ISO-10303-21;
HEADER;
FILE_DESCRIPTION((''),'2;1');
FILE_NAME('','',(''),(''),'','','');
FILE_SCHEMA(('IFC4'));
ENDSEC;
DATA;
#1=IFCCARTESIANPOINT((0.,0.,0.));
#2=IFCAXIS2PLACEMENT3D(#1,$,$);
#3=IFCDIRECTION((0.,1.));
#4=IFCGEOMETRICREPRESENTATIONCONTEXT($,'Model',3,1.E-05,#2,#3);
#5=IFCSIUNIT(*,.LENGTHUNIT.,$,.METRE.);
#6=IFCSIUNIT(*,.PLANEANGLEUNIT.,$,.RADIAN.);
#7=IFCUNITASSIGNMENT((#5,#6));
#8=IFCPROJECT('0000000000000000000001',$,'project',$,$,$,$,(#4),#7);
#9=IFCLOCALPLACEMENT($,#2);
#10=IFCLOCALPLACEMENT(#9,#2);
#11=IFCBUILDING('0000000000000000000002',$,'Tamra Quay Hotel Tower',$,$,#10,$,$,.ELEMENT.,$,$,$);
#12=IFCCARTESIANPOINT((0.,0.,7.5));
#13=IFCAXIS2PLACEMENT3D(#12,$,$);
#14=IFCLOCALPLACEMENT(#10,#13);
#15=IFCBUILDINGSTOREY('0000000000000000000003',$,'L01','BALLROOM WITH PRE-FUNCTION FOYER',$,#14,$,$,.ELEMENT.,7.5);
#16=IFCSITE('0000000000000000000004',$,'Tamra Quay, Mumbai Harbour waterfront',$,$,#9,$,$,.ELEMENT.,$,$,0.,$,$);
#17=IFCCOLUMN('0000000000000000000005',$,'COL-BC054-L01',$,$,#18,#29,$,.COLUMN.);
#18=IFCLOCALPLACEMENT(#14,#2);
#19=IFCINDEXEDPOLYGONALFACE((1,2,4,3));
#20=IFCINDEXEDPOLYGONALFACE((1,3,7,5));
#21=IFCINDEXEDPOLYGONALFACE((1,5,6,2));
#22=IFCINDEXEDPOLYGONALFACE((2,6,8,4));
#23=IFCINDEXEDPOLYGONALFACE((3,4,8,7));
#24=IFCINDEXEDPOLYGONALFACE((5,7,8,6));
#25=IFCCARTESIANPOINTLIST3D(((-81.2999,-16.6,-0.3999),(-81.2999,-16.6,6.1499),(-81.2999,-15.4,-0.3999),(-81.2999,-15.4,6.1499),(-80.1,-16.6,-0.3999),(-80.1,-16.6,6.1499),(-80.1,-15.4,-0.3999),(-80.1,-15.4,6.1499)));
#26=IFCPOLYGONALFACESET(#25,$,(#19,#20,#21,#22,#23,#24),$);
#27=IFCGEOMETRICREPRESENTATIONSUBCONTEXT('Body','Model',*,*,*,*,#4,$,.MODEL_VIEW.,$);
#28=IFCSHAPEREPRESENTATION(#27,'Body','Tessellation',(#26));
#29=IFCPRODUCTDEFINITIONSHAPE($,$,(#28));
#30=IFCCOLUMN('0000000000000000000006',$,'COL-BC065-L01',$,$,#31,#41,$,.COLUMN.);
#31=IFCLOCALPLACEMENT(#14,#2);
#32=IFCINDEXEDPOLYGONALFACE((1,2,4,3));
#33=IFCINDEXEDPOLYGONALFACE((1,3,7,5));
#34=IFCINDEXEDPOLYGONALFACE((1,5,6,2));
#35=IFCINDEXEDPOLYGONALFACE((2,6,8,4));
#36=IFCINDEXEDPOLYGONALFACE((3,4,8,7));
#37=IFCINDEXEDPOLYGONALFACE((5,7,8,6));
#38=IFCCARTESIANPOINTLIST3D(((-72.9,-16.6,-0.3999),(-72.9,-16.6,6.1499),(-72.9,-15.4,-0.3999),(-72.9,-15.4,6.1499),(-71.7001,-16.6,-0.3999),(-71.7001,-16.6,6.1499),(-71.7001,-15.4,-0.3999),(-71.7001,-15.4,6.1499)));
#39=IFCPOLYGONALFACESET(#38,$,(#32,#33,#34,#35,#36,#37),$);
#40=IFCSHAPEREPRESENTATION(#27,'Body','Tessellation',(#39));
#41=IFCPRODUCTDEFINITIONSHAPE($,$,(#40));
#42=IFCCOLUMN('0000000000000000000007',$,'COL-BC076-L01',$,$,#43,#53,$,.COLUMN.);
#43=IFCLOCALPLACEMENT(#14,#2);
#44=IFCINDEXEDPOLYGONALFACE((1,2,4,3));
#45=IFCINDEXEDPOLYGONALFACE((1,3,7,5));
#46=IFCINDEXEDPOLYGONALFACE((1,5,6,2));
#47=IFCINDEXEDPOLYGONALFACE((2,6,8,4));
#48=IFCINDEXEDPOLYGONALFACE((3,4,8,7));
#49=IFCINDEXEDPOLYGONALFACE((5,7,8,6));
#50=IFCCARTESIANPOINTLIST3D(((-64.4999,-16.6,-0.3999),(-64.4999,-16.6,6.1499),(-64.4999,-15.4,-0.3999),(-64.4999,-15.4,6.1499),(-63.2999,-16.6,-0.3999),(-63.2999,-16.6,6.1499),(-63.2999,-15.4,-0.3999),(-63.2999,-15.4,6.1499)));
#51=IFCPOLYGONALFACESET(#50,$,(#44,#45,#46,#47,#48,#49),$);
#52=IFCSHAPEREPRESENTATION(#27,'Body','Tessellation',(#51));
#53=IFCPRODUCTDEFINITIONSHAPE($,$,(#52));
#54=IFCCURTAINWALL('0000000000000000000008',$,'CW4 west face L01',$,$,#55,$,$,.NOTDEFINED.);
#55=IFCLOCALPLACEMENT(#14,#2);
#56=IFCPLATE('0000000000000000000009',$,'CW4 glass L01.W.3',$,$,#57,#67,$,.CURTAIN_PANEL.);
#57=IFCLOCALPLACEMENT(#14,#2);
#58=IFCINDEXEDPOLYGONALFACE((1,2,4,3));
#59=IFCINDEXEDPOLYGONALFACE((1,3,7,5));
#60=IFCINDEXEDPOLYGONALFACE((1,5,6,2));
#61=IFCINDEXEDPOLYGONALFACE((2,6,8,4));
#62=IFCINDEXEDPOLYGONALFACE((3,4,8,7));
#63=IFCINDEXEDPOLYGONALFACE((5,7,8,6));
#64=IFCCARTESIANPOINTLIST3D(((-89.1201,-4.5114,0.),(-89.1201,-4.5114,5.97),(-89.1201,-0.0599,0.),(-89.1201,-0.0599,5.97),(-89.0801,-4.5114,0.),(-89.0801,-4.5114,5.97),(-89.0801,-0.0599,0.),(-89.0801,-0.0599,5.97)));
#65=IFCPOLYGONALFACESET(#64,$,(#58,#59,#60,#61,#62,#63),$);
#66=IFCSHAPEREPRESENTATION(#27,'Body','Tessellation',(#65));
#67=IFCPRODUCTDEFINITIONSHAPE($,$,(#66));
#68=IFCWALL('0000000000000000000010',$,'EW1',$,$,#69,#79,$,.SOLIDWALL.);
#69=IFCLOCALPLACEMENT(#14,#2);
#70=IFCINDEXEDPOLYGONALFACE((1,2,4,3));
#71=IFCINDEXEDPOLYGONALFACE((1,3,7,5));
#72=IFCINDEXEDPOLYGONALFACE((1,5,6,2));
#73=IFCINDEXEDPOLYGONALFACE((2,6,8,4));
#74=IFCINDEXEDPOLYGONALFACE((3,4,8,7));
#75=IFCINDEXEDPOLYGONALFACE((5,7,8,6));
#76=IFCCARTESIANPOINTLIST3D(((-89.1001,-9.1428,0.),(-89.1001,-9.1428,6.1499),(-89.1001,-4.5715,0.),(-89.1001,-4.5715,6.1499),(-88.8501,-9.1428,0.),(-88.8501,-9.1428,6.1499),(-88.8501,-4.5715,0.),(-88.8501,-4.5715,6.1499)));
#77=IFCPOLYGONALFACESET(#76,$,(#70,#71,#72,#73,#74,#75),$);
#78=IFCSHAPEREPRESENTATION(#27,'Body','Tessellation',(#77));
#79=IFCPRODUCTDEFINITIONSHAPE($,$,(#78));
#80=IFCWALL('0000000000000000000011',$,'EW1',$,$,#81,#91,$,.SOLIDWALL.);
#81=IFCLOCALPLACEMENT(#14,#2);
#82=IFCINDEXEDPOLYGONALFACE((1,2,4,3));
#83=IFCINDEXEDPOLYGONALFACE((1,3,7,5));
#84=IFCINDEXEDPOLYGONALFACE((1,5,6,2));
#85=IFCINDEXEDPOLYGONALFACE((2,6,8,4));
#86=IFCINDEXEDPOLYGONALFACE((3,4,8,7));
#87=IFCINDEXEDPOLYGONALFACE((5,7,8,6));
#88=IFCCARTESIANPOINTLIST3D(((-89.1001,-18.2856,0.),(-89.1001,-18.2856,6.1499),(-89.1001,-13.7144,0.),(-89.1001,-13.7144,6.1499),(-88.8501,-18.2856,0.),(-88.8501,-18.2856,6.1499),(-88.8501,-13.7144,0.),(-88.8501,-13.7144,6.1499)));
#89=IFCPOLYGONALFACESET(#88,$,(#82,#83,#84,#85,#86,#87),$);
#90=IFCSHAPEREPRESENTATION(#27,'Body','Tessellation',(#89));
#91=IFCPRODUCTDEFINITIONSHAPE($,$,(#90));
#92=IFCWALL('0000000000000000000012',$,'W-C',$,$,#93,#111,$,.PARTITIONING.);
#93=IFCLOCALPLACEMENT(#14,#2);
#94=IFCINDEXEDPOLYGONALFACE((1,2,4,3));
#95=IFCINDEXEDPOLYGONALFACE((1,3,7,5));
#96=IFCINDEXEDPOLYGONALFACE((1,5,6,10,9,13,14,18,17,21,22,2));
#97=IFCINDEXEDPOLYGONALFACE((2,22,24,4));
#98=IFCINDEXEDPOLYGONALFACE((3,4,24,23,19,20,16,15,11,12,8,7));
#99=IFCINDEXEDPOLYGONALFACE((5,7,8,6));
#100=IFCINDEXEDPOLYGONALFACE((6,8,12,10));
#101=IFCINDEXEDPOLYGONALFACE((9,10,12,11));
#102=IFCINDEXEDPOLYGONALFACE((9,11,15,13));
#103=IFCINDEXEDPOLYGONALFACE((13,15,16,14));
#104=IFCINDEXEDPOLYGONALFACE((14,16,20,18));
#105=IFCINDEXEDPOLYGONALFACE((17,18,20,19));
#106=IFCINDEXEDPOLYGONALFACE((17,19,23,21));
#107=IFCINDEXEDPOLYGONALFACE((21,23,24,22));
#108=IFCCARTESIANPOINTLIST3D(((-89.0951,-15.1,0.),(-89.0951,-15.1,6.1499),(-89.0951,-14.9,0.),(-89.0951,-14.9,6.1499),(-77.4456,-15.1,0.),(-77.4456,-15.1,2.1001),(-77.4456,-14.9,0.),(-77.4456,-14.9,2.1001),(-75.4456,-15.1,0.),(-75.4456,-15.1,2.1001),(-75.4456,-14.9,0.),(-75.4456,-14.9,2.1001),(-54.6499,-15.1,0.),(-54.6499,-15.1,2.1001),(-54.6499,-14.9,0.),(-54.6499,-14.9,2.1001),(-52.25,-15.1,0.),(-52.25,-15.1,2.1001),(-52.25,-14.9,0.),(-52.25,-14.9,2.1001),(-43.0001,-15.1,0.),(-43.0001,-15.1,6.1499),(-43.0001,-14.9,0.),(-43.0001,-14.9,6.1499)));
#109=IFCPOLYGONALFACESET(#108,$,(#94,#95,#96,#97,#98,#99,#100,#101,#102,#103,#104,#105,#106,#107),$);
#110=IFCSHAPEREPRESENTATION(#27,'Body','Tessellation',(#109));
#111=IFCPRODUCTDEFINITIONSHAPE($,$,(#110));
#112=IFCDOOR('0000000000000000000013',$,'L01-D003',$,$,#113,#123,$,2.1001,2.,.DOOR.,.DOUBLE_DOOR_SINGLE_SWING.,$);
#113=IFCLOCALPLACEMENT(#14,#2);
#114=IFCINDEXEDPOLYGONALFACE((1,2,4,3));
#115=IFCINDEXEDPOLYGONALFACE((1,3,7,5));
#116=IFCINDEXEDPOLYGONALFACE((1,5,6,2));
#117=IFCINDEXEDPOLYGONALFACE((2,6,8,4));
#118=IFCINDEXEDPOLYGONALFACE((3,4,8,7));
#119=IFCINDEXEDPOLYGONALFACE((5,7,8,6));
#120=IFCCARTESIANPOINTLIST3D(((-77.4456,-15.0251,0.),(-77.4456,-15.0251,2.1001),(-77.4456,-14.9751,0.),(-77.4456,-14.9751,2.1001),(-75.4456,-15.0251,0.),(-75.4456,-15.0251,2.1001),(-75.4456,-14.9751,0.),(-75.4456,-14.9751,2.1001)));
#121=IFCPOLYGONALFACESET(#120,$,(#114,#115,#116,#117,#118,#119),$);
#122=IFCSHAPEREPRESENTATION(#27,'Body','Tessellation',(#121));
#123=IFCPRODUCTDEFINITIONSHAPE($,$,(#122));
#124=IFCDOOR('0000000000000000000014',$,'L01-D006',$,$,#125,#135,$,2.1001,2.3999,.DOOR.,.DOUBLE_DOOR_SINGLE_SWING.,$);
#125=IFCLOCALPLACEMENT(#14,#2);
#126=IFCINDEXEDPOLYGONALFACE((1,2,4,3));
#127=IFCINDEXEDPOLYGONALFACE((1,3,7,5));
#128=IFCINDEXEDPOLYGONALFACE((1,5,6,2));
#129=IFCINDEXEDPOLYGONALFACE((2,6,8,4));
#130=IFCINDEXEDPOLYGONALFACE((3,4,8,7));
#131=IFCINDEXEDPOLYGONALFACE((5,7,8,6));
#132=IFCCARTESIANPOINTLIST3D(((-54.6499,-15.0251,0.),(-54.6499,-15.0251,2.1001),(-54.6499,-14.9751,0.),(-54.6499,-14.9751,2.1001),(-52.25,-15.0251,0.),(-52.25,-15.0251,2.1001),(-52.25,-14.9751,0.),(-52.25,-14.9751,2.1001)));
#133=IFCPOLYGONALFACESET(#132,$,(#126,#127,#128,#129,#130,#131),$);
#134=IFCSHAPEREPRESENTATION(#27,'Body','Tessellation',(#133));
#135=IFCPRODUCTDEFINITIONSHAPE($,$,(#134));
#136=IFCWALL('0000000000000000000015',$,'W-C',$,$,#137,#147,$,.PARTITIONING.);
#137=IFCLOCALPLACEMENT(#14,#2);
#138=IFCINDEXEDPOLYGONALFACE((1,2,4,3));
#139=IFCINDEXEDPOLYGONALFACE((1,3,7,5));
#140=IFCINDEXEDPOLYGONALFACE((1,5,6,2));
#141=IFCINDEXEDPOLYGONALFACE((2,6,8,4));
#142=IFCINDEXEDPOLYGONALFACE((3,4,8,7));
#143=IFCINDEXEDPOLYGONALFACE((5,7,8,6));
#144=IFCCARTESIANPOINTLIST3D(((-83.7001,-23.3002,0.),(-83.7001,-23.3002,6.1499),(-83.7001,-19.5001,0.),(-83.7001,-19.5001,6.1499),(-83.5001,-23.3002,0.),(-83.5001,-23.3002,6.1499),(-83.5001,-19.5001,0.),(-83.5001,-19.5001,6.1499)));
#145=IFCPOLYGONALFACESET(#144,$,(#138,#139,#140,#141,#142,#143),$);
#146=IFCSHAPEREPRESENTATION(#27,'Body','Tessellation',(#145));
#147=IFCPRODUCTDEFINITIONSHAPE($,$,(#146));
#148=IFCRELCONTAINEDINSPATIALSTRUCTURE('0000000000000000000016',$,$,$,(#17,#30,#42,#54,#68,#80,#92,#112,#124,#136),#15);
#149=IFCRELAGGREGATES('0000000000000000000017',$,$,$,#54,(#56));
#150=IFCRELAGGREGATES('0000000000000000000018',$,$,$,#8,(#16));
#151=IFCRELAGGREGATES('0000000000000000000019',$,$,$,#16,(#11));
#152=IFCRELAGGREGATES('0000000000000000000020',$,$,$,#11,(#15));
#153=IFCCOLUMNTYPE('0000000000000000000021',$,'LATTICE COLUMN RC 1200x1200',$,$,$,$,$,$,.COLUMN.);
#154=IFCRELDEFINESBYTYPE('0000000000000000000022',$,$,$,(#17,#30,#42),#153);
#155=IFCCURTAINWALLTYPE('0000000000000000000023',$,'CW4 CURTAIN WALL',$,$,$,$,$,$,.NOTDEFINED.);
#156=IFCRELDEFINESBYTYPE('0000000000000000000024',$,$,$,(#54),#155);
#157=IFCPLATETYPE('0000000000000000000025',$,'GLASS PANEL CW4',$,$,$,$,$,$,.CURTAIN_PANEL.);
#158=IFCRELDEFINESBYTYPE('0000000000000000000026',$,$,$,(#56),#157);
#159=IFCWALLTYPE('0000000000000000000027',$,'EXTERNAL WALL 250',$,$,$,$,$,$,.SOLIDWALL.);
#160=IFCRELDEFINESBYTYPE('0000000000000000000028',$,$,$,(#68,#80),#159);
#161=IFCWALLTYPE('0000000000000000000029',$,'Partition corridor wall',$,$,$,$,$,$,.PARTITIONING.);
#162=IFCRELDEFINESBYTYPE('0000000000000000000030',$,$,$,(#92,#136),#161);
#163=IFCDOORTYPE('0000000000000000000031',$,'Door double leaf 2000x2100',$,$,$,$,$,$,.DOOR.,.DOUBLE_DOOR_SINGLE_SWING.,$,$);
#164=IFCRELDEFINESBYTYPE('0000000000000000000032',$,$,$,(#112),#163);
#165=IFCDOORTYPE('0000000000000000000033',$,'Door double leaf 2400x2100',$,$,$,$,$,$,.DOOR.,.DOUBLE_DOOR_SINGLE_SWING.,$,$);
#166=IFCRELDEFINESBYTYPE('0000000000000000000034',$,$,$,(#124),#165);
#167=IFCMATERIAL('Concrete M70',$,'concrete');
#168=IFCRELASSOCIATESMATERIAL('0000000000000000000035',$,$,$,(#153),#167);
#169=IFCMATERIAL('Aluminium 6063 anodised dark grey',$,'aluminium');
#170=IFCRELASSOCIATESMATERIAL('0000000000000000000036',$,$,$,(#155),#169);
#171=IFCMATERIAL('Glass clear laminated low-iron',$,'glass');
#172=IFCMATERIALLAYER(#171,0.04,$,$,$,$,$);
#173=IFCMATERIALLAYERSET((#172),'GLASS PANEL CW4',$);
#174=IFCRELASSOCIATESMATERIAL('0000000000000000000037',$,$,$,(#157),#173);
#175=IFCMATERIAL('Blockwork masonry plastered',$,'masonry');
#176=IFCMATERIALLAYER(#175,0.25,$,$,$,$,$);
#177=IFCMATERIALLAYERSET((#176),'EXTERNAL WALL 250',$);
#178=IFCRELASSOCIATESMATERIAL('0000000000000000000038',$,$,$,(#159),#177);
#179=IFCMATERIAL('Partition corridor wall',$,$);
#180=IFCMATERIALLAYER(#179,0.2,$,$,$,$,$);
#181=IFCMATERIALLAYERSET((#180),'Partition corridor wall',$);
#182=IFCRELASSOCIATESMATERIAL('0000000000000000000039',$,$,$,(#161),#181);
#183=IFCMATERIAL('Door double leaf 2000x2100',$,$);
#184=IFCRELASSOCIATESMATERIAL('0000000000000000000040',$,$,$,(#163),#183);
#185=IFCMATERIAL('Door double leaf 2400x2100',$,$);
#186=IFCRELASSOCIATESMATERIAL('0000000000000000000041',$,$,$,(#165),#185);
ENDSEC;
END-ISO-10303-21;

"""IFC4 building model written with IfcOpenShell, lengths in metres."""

from ifc_helpers import new_model, si_unit, direction, frame, frame_2d, origin, origin_2d, place, context, subcontext, project, spatial, rectangle, extrude, material, layer, layer_set, material_profile, profile_set, type_object, element, fill, aggregate, save


model = new_model("IFC4")

# Units and contexts
model_context = context("Model", 3, precision=1e-05, world=origin(), true_north=direction((0.0, 1.0)))
body_context = subcontext(model_context, "Body", "Model", "MODEL_VIEW")
ifc_project = project(units=[si_unit("LENGTHUNIT", "METRE"), si_unit("PLANEANGLEUNIT", "RADIAN")], contexts=[model_context])

# Site, building, storey
site_placement = place(None, origin())
site = spatial("IfcSite", under=ifc_project, at=site_placement, Name="Tamra Quay, Mumbai Harbour waterfront", CompositionType="ELEMENT", RefElevation=0.0)
building_placement = place(site_placement, origin())
building = spatial("IfcBuilding", under=site, at=building_placement, Name="Tamra Quay Hotel Tower", CompositionType="ELEMENT")
storey_placement = place(building_placement, frame((0.0, 0.0, 7.5)))
storey = spatial("IfcBuildingStorey", under=building, at=storey_placement, Name="L01", Description="BALLROOM WITH PRE-FUNCTION FOYER", CompositionType="ELEMENT", Elevation=7.5)

# Columns
ifc_material_1 = material(Name="Concrete M70", Category="concrete")
ifc_material_profile = material_profile(ifc_material_1, rectangle(XDim=1.2, YDim=1.2, at=origin_2d()), Name="LATTICE COLUMN RC 1200x1200")
ifc_profile_set = profile_set([ifc_material_profile], Name="Concrete M70")
column_type = type_object("IfcColumnType", Name="LATTICE COLUMN RC 1200x1200", PredefinedType="COLUMN", material=ifc_profile_set)
for number, where, z_axis, x_axis, name in (
    (1, (-80.7, -16.0, -0.3999), (0.0, 0.0, 1.0), (1.0, 0.0, 0.0), "COL-BC054-L01"),
    (2, (-72.3, -16.0, -0.3999), (0.0, 0.0, 1.0), (1.0, 0.0, 0.0), "COL-BC065-L01"),
    (3, (-63.8999, -16.0, -0.3999), (0.0, 0.0, 1.0), (1.0, 0.0, 0.0), "COL-BC076-L01"),
):
    element("IfcColumn", number, at=place(storey_placement, frame(where, z_axis=z_axis, x_axis=x_axis)), inside=storey, type_object=column_type, Name=name, PredefinedType="COLUMN", context=body_context, shape_type="SweptSolid", body=[
        extrude(rectangle(XDim=1.2, YDim=1.2, at=origin_2d()), origin(), (0.0, 0.0, 1.0), 6.5498),
    ])

# Curtain wall, plate
ifc_material_2 = material(Name="Aluminium 6063 anodised dark grey", Category="aluminium")
curtain_wall_type = type_object("IfcCurtainWallType", Name="CW4 CURTAIN WALL", PredefinedType="NOTDEFINED", material=ifc_material_2)
curtain_wall_placement = place(storey_placement, origin())
curtain_wall = element("IfcCurtainWall", 4, at=curtain_wall_placement, inside=storey, type_object=curtain_wall_type, Name="CW4 west face L01", PredefinedType="NOTDEFINED")
ifc_material_3 = material(Name="Glass clear laminated low-iron", Category="glass")
ifc_layer_1 = layer(ifc_material_3, 0.04)
ifc_layer_set_1 = layer_set([ifc_layer_1], Name="GLASS PANEL CW4")
plate_type = type_object("IfcPlateType", Name="GLASS PANEL CW4", PredefinedType="CURTAIN_PANEL", material=ifc_layer_set_1)
plate_placement = place(storey_placement, frame((-89.1001, -2.2856, 0.0), z_axis=(0.0, 0.0, 1.0), x_axis=(0.0, -1.0, 0.0)))
plate = element("IfcPlate", 5, at=plate_placement, type_object=plate_type, Name="CW4 glass L01.W.3", PredefinedType="CURTAIN_PANEL", context=body_context, shape_type="SweptSolid", body=[
    extrude(rectangle(XDim=4.4514, YDim=0.04, at=origin_2d()), origin(), (0.0, 0.0, 1.0), 5.97),
])
aggregate(curtain_wall, [plate])

# Walls
ifc_material_4 = material(Name="Blockwork masonry plastered", Category="masonry")
ifc_layer_2 = layer(ifc_material_4, 0.25)
ifc_layer_set_2 = layer_set([ifc_layer_2], Name="EXTERNAL WALL 250")
wall_type_1 = type_object("IfcWallType", Name="EXTERNAL WALL 250", PredefinedType="SOLIDWALL", material=ifc_layer_set_2)
for number, where, z_axis, x_axis, name in (
    (6, (-88.9751, -9.1428, 0.0), (0.0, 0.0, 1.0), (0.0, 1.0, 0.0), "EW1"),
    (7, (-88.9751, -18.2856, 0.0), (0.0, 0.0, 1.0), (0.0, 1.0, 0.0), "EW1"),
):
    element("IfcWall", number, at=place(storey_placement, frame(where, z_axis=z_axis, x_axis=x_axis)), inside=storey, type_object=wall_type_1, Name=name, PredefinedType="SOLIDWALL", context=body_context, shape_type="SweptSolid", body=[
        extrude(rectangle(XDim=4.5713, YDim=0.25, at=frame_2d((2.2856, 0.0))), origin(), (0.0, 0.0, 1.0), 6.1499),
    ])

# Wall, openings, doors
ifc_material_5 = material(Name="Partition corridor wall")
ifc_layer_3 = layer(ifc_material_5, 0.2)
ifc_layer_set_3 = layer_set([ifc_layer_3], Name="Partition corridor wall")
wall_type_2 = type_object("IfcWallType", Name="Partition corridor wall", PredefinedType="PARTITIONING", material=ifc_layer_set_3)
wall_1_placement = place(storey_placement, frame((-89.095, -15.0, 0.0), z_axis=(0.0, 0.0, 1.0), x_axis=(1.0, 0.0, 0.0)))
wall_1 = element("IfcWall", 8, at=wall_1_placement, inside=storey, type_object=wall_type_2, Name="W-C", PredefinedType="PARTITIONING", context=body_context, shape_type="SweptSolid", body=[
    extrude(rectangle(XDim=46.095, YDim=0.2, at=frame_2d((23.0474, 0.0))), origin(), (0.0, 0.0, 1.0), 6.1499),
])
opening_1_placement = place(wall_1_placement, frame((11.6494, 0.0, 0.0)))
opening_1 = element("IfcOpeningElement", 9, at=opening_1_placement, cuts=wall_1, PredefinedType="OPENING", context=body_context, shape_type="SweptSolid", body=[
    extrude(rectangle(XDim=2.0, YDim=2.1001, at=frame_2d((1.0, 1.05))), frame((0.0, 0.1099, 0.0), z_axis=(0.0, -1.0, 0.0), x_axis=(1.0, 0.0, 0.0)), (0.0, 0.0, 1.0), 0.22),
])
opening_2_placement = place(wall_1_placement, frame((34.4451, 0.0, 0.0)))
opening_2 = element("IfcOpeningElement", 10, at=opening_2_placement, cuts=wall_1, PredefinedType="OPENING", context=body_context, shape_type="SweptSolid", body=[
    extrude(rectangle(XDim=2.3999, YDim=2.1001, at=frame_2d((1.2, 1.05))), frame((0.0, 0.1099, 0.0), z_axis=(0.0, -1.0, 0.0), x_axis=(1.0, 0.0, 0.0)), (0.0, 0.0, 1.0), 0.22),
])
ifc_material_6 = material(Name="Door double leaf 2000x2100")
door_type_1 = type_object("IfcDoorType", Name="Door double leaf 2000x2100", OperationType="DOUBLE_DOOR_SINGLE_SWING", PredefinedType="DOOR", material=ifc_material_6)
door_1_placement = place(opening_1_placement, origin())
door_1 = element("IfcDoor", 11, at=door_1_placement, inside=storey, type_object=door_type_1, Name="L01-D003", OperationType="DOUBLE_DOOR_SINGLE_SWING", OverallHeight=2.1001, OverallWidth=2.0, PredefinedType="DOOR", context=body_context, shape_type="SweptSolid", body=[
    extrude(rectangle(XDim=2.0, YDim=2.1001, at=frame_2d((1.0, 1.05))), frame((0.0, 0.0249, 0.0), z_axis=(0.0, -1.0, 0.0), x_axis=(1.0, 0.0, 0.0)), (0.0, 0.0, 1.0), 0.05),
])
fill(opening_1, door_1)
ifc_material_7 = material(Name="Door double leaf 2400x2100")
door_type_2 = type_object("IfcDoorType", Name="Door double leaf 2400x2100", OperationType="DOUBLE_DOOR_SINGLE_SWING", PredefinedType="DOOR", material=ifc_material_7)
door_2_placement = place(opening_2_placement, origin())
door_2 = element("IfcDoor", 12, at=door_2_placement, inside=storey, type_object=door_type_2, Name="L01-D006", OperationType="DOUBLE_DOOR_SINGLE_SWING", OverallHeight=2.1001, OverallWidth=2.3999, PredefinedType="DOOR", context=body_context, shape_type="SweptSolid", body=[
    extrude(rectangle(XDim=2.3999, YDim=2.1001, at=frame_2d((1.2, 1.05))), frame((0.0, 0.0249, 0.0), z_axis=(0.0, -1.0, 0.0), x_axis=(1.0, 0.0, 0.0)), (0.0, 0.0, 1.0), 0.05),
])
fill(opening_2, door_2)

# Wall
wall_2_placement = place(storey_placement, frame((-83.6001, -23.3, 0.0), z_axis=(0.0, 0.0, 1.0), x_axis=(0.0, 1.0, 0.0)))
element("IfcWall", 13, at=wall_2_placement, inside=storey, type_object=wall_type_2, Name="W-C", PredefinedType="PARTITIONING", context=body_context, shape_type="SweptSolid", body=[
    extrude(rectangle(XDim=3.8, YDim=0.2, at=frame_2d((1.8999, 0.0))), origin(), (0.0, 0.0, 1.0), 6.1499),
])

save(model, "model.ifc")
